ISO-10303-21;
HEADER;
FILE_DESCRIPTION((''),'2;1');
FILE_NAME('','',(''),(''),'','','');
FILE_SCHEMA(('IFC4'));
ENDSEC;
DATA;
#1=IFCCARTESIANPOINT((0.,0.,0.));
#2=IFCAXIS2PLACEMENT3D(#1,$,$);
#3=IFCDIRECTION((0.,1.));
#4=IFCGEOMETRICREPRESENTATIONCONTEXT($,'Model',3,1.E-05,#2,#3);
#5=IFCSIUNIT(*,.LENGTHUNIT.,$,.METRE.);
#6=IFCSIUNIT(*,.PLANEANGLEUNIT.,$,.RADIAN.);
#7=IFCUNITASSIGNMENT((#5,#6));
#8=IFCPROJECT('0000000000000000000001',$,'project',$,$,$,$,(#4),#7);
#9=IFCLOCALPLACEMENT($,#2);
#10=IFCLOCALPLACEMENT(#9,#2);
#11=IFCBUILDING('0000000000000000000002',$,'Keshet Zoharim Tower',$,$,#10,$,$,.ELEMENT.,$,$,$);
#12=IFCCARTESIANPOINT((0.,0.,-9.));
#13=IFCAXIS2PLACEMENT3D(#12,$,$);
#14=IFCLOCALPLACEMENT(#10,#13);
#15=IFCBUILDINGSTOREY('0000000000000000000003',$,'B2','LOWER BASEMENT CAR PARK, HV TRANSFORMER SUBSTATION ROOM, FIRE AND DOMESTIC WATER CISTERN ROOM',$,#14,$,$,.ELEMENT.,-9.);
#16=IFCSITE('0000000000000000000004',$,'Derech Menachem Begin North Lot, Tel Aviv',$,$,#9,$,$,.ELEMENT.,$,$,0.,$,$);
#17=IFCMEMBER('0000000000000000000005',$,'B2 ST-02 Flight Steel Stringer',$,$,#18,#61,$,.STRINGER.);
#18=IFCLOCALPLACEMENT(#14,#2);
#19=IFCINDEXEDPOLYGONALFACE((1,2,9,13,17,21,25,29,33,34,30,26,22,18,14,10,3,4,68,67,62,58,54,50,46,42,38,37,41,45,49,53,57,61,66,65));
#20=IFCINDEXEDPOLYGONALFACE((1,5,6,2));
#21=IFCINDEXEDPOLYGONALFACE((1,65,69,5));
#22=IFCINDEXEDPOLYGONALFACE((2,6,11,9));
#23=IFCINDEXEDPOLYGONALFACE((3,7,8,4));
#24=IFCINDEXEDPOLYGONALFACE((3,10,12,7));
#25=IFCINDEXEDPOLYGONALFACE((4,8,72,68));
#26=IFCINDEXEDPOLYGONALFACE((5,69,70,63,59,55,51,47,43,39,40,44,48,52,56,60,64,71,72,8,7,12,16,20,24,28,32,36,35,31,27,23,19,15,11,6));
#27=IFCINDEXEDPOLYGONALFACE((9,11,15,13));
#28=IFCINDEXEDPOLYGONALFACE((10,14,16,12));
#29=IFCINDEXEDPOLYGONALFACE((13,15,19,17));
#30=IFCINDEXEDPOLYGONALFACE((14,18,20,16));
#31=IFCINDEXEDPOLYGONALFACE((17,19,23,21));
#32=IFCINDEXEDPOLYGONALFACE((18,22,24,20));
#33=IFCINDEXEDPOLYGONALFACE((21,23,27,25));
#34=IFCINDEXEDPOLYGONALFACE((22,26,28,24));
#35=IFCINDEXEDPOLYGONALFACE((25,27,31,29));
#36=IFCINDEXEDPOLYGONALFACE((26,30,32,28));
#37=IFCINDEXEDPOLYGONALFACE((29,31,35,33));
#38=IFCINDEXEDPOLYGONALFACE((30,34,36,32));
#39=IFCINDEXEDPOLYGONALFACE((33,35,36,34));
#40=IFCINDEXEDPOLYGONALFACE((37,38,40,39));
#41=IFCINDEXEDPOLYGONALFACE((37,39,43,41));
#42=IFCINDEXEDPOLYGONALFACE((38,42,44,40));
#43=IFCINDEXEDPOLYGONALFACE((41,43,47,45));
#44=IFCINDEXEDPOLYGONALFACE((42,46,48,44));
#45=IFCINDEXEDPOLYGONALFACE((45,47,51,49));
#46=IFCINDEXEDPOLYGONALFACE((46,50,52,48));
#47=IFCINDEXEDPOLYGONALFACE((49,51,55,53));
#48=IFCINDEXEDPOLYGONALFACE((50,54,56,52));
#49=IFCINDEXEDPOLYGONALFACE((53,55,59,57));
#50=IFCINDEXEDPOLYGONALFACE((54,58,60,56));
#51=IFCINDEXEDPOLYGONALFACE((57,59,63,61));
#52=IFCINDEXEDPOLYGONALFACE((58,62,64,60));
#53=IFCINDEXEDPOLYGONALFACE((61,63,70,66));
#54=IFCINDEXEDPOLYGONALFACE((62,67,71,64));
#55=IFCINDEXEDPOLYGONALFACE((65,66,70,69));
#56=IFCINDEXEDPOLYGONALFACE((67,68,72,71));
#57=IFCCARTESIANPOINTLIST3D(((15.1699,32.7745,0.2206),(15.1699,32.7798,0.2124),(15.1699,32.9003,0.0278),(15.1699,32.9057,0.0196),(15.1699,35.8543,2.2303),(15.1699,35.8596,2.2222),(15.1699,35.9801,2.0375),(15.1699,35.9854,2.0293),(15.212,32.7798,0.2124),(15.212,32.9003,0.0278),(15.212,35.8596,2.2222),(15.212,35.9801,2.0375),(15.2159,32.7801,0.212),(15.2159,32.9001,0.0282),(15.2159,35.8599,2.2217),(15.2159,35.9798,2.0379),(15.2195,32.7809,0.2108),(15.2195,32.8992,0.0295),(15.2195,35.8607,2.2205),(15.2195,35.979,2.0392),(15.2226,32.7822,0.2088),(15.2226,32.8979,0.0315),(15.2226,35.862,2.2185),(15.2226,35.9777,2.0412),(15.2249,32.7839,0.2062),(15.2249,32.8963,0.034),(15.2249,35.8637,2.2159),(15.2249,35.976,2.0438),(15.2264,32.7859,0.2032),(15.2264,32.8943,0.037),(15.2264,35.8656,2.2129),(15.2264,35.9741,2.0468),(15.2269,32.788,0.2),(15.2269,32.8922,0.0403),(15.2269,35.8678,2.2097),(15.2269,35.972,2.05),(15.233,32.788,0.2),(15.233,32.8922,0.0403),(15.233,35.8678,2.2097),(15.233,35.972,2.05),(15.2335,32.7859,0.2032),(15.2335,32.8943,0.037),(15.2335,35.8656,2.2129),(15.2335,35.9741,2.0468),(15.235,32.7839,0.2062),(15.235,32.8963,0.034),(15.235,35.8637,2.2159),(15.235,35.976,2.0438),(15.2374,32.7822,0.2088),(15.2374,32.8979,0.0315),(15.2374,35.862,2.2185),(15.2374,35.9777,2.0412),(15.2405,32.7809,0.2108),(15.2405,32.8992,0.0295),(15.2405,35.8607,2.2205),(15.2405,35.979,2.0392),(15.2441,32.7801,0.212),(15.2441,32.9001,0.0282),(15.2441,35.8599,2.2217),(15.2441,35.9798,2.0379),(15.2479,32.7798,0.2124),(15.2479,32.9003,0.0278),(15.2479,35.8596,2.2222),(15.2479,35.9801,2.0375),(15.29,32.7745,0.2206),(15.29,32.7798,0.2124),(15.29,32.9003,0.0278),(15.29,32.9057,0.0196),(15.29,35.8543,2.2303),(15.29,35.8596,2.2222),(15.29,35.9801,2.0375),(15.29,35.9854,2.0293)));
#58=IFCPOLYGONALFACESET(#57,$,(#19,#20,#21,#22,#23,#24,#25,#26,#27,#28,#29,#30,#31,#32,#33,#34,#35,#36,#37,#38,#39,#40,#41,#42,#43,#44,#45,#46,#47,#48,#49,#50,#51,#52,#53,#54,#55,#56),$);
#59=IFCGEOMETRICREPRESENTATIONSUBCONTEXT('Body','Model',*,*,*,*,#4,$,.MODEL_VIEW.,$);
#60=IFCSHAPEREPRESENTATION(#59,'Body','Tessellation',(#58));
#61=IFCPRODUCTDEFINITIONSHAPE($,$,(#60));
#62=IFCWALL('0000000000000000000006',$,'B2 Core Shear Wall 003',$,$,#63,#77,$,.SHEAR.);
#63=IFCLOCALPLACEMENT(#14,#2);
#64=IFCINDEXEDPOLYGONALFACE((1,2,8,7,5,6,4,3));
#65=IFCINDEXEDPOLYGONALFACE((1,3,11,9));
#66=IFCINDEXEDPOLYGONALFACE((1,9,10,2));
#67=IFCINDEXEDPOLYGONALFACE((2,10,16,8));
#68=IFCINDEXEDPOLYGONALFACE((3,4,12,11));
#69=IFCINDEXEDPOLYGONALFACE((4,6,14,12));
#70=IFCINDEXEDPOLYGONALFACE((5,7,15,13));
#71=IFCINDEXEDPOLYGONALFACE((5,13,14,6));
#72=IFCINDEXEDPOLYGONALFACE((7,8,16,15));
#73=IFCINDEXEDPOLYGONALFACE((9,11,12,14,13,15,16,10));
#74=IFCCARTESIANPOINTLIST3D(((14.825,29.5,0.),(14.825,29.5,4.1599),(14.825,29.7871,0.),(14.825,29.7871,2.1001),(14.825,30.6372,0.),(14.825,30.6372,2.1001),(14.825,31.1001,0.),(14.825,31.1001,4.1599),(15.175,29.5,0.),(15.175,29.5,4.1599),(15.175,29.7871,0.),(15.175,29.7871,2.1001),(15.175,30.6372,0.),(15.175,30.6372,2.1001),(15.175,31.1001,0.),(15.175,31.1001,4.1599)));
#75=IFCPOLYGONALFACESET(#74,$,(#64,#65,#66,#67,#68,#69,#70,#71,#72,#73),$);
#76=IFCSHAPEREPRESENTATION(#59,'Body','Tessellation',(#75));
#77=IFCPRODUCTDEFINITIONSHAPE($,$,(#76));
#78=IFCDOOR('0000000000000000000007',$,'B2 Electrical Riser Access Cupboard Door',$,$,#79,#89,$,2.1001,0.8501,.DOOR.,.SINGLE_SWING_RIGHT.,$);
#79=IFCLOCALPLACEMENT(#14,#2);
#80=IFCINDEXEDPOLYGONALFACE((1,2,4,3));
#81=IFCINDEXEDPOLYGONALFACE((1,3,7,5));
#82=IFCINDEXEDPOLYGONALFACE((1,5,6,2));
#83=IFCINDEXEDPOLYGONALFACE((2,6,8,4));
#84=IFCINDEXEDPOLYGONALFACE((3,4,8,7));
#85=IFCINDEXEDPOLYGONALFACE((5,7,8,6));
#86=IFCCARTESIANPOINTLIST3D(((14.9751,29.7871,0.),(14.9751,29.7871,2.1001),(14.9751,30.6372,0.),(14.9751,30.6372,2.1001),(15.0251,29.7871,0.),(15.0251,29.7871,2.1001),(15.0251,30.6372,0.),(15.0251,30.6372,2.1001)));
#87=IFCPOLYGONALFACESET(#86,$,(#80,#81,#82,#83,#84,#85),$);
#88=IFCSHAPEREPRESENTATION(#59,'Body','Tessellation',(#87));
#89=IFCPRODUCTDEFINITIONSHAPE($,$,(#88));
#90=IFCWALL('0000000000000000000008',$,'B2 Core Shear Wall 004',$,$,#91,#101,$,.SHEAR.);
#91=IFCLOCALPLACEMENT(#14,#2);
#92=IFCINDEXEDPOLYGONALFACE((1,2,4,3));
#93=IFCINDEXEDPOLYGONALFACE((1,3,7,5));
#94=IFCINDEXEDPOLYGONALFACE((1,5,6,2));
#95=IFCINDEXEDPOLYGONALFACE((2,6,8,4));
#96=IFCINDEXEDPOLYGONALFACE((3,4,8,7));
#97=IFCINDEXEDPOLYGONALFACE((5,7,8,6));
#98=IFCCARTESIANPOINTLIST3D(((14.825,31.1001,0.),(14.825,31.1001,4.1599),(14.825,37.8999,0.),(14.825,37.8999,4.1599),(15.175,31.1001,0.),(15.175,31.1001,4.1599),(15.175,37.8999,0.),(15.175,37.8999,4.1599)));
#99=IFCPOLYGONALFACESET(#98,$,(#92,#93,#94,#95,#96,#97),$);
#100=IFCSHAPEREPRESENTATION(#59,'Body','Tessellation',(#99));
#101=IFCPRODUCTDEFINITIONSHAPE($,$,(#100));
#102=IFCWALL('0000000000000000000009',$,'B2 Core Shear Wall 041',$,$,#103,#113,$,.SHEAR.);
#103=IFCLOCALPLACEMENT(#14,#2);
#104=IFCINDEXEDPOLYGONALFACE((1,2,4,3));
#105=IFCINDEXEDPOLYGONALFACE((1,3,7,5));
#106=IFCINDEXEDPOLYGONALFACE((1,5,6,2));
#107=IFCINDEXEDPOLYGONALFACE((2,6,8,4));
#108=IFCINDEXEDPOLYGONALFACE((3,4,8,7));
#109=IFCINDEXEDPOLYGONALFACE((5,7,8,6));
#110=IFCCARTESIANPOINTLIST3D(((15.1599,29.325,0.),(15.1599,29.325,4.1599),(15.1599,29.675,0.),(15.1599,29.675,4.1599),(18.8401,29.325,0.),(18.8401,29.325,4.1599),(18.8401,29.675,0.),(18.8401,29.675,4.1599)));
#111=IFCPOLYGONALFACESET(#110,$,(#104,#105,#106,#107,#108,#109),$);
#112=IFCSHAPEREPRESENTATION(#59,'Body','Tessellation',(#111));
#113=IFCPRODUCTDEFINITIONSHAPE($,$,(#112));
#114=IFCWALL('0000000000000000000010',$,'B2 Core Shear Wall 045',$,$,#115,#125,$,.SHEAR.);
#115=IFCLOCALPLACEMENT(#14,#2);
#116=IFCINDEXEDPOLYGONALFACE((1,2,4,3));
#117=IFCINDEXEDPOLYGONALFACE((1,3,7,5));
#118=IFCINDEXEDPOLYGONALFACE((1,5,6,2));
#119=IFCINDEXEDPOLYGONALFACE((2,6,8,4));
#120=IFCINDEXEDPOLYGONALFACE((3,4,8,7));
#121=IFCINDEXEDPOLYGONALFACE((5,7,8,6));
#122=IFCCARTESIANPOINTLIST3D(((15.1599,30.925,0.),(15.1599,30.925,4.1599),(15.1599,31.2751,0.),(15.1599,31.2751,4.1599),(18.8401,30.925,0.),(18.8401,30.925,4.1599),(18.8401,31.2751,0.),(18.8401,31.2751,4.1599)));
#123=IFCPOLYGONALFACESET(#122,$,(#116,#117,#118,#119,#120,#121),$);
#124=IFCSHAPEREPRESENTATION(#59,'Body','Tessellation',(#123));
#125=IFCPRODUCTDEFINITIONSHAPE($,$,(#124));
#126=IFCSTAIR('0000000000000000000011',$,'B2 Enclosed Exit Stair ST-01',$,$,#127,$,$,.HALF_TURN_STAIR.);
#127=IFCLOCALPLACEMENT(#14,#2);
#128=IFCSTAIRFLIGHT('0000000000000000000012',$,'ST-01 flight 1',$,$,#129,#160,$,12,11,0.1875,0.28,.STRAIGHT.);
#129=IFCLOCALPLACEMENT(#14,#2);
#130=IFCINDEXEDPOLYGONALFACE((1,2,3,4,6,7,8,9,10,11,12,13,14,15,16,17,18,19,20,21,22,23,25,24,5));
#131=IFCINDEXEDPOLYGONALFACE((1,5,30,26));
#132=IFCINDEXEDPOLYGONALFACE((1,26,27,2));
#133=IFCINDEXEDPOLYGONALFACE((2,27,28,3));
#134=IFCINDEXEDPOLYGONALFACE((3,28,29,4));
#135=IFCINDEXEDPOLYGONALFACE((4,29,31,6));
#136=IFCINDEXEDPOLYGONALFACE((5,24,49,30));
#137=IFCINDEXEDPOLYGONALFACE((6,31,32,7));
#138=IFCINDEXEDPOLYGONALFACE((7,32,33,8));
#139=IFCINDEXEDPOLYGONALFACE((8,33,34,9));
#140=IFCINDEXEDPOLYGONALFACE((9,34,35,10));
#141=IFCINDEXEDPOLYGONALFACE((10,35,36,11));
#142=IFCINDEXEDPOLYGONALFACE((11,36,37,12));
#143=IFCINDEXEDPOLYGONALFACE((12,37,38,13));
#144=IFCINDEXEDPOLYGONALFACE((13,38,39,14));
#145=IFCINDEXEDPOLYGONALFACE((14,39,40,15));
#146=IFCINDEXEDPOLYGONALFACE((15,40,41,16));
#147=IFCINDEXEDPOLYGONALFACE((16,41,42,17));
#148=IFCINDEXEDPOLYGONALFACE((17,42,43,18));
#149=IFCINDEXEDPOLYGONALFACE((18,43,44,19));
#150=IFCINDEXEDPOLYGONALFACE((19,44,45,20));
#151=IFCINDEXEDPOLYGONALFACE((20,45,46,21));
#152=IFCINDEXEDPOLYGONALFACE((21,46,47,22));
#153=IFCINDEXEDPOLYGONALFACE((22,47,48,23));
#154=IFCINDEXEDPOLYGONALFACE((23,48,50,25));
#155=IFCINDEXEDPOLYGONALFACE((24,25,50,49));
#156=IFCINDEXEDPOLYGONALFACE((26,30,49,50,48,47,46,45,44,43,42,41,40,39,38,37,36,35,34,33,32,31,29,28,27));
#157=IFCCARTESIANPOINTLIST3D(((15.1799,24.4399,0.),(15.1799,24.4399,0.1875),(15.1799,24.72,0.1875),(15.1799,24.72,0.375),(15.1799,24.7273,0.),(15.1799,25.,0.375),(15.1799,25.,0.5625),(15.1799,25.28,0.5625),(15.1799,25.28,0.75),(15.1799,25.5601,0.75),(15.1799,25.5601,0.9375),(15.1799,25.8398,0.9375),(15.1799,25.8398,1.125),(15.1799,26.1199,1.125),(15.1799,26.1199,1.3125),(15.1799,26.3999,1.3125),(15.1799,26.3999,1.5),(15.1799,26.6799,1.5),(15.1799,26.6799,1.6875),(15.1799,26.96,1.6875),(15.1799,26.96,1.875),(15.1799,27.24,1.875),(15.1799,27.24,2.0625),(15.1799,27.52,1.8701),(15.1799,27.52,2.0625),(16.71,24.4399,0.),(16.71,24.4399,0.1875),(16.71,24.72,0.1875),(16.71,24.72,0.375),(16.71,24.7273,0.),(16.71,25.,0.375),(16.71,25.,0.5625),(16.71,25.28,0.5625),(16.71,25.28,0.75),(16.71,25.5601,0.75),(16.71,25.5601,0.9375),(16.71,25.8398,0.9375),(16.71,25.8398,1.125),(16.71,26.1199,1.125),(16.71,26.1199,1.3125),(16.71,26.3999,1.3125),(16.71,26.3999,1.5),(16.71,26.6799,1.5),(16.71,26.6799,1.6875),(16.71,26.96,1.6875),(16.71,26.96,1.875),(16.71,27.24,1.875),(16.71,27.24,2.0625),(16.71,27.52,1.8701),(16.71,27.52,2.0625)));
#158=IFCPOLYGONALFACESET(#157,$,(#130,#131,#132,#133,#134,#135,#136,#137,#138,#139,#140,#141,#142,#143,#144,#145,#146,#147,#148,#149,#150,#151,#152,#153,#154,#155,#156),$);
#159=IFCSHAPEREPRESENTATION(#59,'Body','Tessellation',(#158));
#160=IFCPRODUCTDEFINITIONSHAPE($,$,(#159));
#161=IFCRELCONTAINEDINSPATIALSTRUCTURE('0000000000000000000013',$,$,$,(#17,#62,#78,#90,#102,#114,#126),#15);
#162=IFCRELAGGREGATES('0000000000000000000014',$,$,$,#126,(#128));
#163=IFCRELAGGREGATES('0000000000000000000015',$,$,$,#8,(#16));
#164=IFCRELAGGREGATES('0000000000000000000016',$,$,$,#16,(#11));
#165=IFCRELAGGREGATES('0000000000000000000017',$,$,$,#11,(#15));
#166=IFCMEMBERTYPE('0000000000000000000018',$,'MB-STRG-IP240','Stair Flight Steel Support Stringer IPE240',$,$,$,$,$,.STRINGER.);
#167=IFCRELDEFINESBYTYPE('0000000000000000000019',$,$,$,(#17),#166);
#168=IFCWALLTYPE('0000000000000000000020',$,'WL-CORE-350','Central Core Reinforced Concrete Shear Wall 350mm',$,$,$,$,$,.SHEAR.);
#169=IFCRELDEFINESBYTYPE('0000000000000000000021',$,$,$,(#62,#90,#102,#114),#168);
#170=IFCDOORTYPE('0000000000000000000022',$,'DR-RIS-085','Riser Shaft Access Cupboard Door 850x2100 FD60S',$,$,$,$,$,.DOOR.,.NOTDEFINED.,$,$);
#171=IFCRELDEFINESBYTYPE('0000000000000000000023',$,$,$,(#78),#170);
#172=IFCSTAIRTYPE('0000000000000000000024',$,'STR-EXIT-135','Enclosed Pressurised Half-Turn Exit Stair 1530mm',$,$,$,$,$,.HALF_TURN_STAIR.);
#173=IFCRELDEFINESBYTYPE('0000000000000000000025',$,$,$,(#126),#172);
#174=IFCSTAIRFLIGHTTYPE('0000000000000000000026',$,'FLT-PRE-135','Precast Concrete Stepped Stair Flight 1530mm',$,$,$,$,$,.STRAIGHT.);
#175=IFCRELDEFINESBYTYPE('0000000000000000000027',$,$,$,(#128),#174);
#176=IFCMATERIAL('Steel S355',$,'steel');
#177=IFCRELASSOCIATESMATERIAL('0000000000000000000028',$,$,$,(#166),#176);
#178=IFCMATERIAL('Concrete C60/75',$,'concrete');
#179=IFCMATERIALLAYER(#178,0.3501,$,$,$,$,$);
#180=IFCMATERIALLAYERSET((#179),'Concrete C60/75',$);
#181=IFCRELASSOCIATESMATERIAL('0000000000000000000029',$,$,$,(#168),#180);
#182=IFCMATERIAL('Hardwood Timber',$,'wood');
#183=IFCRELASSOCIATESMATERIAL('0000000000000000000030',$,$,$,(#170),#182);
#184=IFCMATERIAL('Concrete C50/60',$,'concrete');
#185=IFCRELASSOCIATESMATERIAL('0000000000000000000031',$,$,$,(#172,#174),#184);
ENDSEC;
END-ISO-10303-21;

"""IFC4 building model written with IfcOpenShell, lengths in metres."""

from ifc_helpers import new_model, si_unit, direction, frame, frame_2d, origin, origin_2d, place, context, subcontext, project, spatial, polyline, rectangle, i_section, outline, extrude, material, layer, layer_set, material_profile, profile_set, type_object, element, fill, aggregate, save


model = new_model("IFC4")

# Units and contexts
model_context = context("Model", 3, precision=1e-05, world=origin(), true_north=direction((0.0, 1.0)))
body_context = subcontext(model_context, "Body", "Model", "MODEL_VIEW")
ifc_project = project(units=[si_unit("LENGTHUNIT", "METRE"), si_unit("PLANEANGLEUNIT", "RADIAN")], contexts=[model_context])

# Site, building, storey
site_placement = place(None, origin())
site = spatial("IfcSite", under=ifc_project, at=site_placement, Name="Derech Menachem Begin North Lot, Tel Aviv", CompositionType="ELEMENT", RefElevation=0.0)
building_placement = place(site_placement, origin())
building = spatial("IfcBuilding", under=site, at=building_placement, Name="Keshet Zoharim Tower", CompositionType="ELEMENT")
storey_placement = place(building_placement, frame((0.0, 0.0, -9.0)))
storey = spatial("IfcBuildingStorey", under=building, at=storey_placement, Name="B2", Description="LOWER BASEMENT CAR PARK, HV TRANSFORMER SUBSTATION ROOM, FIRE AND DOMESTIC WATER CISTERN ROOM", CompositionType="ELEMENT", Elevation=-9.0)

# Shared definitions
ifc_material_1 = material(Name="Concrete C50/60", Category="concrete")

# Shared definitions
ifc_material_2 = material(Name="Concrete C60/75", Category="concrete")

# Member
ifc_material_3 = material(Name="Steel S355", Category="steel")
ifc_material_profile_1 = material_profile(ifc_material_3, i_section(OverallWidth=0.1201, OverallDepth=0.24, WebThickness=0.0061, FlangeThickness=0.0098, FilletRadius=0.0149, at=origin_2d()), Name="IPE240")
ifc_profile_set_1 = profile_set([ifc_material_profile_1], Name="Steel S355")
member_type = type_object("IfcMemberType", Name="MB-STRG-IP240", Description="Stair Flight Steel Support Stringer IPE240", PredefinedType="STRINGER", material=ifc_profile_set_1)
member_placement = place(storey_placement, frame((15.23, 32.8401, 0.1201), z_axis=(0.0, 0.837464, 0.546493), x_axis=(-1.0, 0.0, 0.0)))
element("IfcMember", 1, at=member_placement, inside=storey, type_object=member_type, Name="B2 ST-02 Flight Steel Stringer", PredefinedType="STRINGER", context=body_context, shape_type="SweptSolid", body=[
    extrude(i_section(OverallWidth=0.1201, OverallDepth=0.24, WebThickness=0.0061, FlangeThickness=0.0098, FilletRadius=0.0149, at=origin_2d()), origin(), (0.0, 0.0, 1.0), 3.6775),
])

# Wall, opening, door
ifc_layer_1 = layer(ifc_material_2, 0.3501)
ifc_layer_set_1 = layer_set([ifc_layer_1], Name="Concrete C60/75")
wall_type = type_object("IfcWallType", Name="WL-CORE-350", Description="Central Core Reinforced Concrete Shear Wall 350mm", PredefinedType="SHEAR", material=ifc_layer_set_1)
wall_1_placement = place(storey_placement, frame((15.0, 29.5, 0.0), z_axis=(0.0, 0.0, 1.0), x_axis=(0.0, 1.0, 0.0)))
wall_1 = element("IfcWall", 2, at=wall_1_placement, inside=storey, type_object=wall_type, Name="B2 Core Shear Wall 003", PredefinedType="SHEAR", context=body_context, shape_type="SweptSolid", body=[
    extrude(rectangle(XDim=1.6001, YDim=0.3501, at=frame_2d((0.8, 0.0))), origin(), (0.0, 0.0, 1.0), 4.1599),
])
opening_placement = place(wall_1_placement, frame((0.2871, 0.0, 0.0)))
opening = element("IfcOpeningElement", 3, at=opening_placement, cuts=wall_1, PredefinedType="OPENING", context=body_context, shape_type="SweptSolid", body=[
    extrude(rectangle(XDim=0.8501, YDim=2.1001, at=frame_2d((0.425, 1.05))), frame((0.0, 0.1851, 0.0), z_axis=(0.0, -1.0, 0.0), x_axis=(1.0, 0.0, 0.0)), (0.0, 0.0, 1.0), 0.3701),
])
ifc_material_4 = material(Name="Hardwood Timber", Category="wood")
door_type = type_object("IfcDoorType", Name="DR-RIS-085", Description="Riser Shaft Access Cupboard Door 850x2100 FD60S", OperationType="NOTDEFINED", PredefinedType="DOOR", material=ifc_material_4)
door_placement = place(opening_placement, origin())
door = element("IfcDoor", 4, at=door_placement, inside=storey, type_object=door_type, Name="B2 Electrical Riser Access Cupboard Door", OperationType="SINGLE_SWING_RIGHT", OverallHeight=2.1001, OverallWidth=0.8501, PredefinedType="DOOR", context=body_context, shape_type="SweptSolid", body=[
    extrude(rectangle(XDim=0.8501, YDim=2.1001, at=frame_2d((0.425, 1.05))), frame((0.0, 0.0249, 0.0), z_axis=(0.0, -1.0, 0.0), x_axis=(1.0, 0.0, 0.0)), (0.0, 0.0, 1.0), 0.05),
])
fill(opening, door)

# Walls
wall_2_placement = place(storey_placement, frame((15.0, 31.1001, 0.0), z_axis=(0.0, 0.0, 1.0), x_axis=(0.0, 1.0, 0.0)))
element("IfcWall", 5, at=wall_2_placement, inside=storey, type_object=wall_type, Name="B2 Core Shear Wall 004", PredefinedType="SHEAR", context=body_context, shape_type="SweptSolid", body=[
    extrude(rectangle(XDim=6.7998, YDim=0.3501, at=frame_2d((3.3999, 0.0))), origin(), (0.0, 0.0, 1.0), 4.1599),
])
for number, where, z_axis, x_axis, name in (
    (6, (15.1599, 29.5, 0.0), (0.0, 0.0, 1.0), (1.0, 0.0, 0.0), "B2 Core Shear Wall 041"),
    (7, (15.1599, 31.1001, 0.0), (0.0, 0.0, 1.0), (1.0, 0.0, 0.0), "B2 Core Shear Wall 045"),
):
    element("IfcWall", number, at=place(storey_placement, frame(where, z_axis=z_axis, x_axis=x_axis)), inside=storey, type_object=wall_type, Name=name, PredefinedType="SHEAR", context=body_context, shape_type="SweptSolid", body=[
        extrude(rectangle(XDim=3.6802, YDim=0.3501, at=frame_2d((1.8401, 0.0))), origin(), (0.0, 0.0, 1.0), 4.1599),
    ])

# Stair, stair flight
stair_type = type_object("IfcStairType", Name="STR-EXIT-135", Description="Enclosed Pressurised Half-Turn Exit Stair 1530mm", PredefinedType="HALF_TURN_STAIR", material=ifc_material_1)
stair_1_placement = place(storey_placement, origin())
stair_1 = element("IfcStair", 8, at=stair_1_placement, inside=storey, type_object=stair_type, Name="B2 Enclosed Exit Stair ST-01", PredefinedType="HALF_TURN_STAIR")
stair_flight_type = type_object("IfcStairFlightType", Name="FLT-PRE-135", Description="Precast Concrete Stepped Stair Flight 1530mm", PredefinedType="STRAIGHT", material=ifc_material_1)
stair_flight_1_placement = place(storey_placement, frame((15.9451, 24.4399, 0.0), z_axis=(0.0, 0.0, 1.0), x_axis=(0.0, 1.0, 0.0)))
stair_flight_1 = element("IfcStairFlight", 9, at=stair_flight_1_placement, type_object=stair_flight_type, Name="ST-01 flight 1", NumberOfRisers=12, NumberOfTreads=11, PredefinedType="STRAIGHT", RiserHeight=0.1875, TreadLength=0.28, context=body_context, shape_type="SweptSolid", body=[
    extrude(outline(polyline([(0.0, 0.0), (0.0, 0.1875), (0.28, 0.1875), (0.28, 0.375), (0.5601, 0.375), (0.5601, 0.5625), (0.8401, 0.5625), (0.8401, 0.75), (1.1201, 0.75), (1.1201, 0.9375), (1.3999, 0.9375), (1.3999, 1.125), (1.6799, 1.125), (1.6799, 1.3125), (1.96, 1.3125), (1.96, 1.5), (2.24, 1.5), (2.24, 1.6875), (2.52, 1.6875), (2.52, 1.875), (2.8, 1.875), (2.8, 2.0625), (3.0801, 2.0625), (3.0801, 2.25), (3.0801, 1.8701), (0.2874, 0.0), (0.0, 0.0)])), frame((0.0, 0.7651, 0.0), z_axis=(0.0, -1.0, 0.0), x_axis=(1.0, 0.0, 0.0)), (0.0, 0.0, 1.0), 1.53),
])
aggregate(stair_1, [stair_flight_1])

save(model, "model.ifc")
